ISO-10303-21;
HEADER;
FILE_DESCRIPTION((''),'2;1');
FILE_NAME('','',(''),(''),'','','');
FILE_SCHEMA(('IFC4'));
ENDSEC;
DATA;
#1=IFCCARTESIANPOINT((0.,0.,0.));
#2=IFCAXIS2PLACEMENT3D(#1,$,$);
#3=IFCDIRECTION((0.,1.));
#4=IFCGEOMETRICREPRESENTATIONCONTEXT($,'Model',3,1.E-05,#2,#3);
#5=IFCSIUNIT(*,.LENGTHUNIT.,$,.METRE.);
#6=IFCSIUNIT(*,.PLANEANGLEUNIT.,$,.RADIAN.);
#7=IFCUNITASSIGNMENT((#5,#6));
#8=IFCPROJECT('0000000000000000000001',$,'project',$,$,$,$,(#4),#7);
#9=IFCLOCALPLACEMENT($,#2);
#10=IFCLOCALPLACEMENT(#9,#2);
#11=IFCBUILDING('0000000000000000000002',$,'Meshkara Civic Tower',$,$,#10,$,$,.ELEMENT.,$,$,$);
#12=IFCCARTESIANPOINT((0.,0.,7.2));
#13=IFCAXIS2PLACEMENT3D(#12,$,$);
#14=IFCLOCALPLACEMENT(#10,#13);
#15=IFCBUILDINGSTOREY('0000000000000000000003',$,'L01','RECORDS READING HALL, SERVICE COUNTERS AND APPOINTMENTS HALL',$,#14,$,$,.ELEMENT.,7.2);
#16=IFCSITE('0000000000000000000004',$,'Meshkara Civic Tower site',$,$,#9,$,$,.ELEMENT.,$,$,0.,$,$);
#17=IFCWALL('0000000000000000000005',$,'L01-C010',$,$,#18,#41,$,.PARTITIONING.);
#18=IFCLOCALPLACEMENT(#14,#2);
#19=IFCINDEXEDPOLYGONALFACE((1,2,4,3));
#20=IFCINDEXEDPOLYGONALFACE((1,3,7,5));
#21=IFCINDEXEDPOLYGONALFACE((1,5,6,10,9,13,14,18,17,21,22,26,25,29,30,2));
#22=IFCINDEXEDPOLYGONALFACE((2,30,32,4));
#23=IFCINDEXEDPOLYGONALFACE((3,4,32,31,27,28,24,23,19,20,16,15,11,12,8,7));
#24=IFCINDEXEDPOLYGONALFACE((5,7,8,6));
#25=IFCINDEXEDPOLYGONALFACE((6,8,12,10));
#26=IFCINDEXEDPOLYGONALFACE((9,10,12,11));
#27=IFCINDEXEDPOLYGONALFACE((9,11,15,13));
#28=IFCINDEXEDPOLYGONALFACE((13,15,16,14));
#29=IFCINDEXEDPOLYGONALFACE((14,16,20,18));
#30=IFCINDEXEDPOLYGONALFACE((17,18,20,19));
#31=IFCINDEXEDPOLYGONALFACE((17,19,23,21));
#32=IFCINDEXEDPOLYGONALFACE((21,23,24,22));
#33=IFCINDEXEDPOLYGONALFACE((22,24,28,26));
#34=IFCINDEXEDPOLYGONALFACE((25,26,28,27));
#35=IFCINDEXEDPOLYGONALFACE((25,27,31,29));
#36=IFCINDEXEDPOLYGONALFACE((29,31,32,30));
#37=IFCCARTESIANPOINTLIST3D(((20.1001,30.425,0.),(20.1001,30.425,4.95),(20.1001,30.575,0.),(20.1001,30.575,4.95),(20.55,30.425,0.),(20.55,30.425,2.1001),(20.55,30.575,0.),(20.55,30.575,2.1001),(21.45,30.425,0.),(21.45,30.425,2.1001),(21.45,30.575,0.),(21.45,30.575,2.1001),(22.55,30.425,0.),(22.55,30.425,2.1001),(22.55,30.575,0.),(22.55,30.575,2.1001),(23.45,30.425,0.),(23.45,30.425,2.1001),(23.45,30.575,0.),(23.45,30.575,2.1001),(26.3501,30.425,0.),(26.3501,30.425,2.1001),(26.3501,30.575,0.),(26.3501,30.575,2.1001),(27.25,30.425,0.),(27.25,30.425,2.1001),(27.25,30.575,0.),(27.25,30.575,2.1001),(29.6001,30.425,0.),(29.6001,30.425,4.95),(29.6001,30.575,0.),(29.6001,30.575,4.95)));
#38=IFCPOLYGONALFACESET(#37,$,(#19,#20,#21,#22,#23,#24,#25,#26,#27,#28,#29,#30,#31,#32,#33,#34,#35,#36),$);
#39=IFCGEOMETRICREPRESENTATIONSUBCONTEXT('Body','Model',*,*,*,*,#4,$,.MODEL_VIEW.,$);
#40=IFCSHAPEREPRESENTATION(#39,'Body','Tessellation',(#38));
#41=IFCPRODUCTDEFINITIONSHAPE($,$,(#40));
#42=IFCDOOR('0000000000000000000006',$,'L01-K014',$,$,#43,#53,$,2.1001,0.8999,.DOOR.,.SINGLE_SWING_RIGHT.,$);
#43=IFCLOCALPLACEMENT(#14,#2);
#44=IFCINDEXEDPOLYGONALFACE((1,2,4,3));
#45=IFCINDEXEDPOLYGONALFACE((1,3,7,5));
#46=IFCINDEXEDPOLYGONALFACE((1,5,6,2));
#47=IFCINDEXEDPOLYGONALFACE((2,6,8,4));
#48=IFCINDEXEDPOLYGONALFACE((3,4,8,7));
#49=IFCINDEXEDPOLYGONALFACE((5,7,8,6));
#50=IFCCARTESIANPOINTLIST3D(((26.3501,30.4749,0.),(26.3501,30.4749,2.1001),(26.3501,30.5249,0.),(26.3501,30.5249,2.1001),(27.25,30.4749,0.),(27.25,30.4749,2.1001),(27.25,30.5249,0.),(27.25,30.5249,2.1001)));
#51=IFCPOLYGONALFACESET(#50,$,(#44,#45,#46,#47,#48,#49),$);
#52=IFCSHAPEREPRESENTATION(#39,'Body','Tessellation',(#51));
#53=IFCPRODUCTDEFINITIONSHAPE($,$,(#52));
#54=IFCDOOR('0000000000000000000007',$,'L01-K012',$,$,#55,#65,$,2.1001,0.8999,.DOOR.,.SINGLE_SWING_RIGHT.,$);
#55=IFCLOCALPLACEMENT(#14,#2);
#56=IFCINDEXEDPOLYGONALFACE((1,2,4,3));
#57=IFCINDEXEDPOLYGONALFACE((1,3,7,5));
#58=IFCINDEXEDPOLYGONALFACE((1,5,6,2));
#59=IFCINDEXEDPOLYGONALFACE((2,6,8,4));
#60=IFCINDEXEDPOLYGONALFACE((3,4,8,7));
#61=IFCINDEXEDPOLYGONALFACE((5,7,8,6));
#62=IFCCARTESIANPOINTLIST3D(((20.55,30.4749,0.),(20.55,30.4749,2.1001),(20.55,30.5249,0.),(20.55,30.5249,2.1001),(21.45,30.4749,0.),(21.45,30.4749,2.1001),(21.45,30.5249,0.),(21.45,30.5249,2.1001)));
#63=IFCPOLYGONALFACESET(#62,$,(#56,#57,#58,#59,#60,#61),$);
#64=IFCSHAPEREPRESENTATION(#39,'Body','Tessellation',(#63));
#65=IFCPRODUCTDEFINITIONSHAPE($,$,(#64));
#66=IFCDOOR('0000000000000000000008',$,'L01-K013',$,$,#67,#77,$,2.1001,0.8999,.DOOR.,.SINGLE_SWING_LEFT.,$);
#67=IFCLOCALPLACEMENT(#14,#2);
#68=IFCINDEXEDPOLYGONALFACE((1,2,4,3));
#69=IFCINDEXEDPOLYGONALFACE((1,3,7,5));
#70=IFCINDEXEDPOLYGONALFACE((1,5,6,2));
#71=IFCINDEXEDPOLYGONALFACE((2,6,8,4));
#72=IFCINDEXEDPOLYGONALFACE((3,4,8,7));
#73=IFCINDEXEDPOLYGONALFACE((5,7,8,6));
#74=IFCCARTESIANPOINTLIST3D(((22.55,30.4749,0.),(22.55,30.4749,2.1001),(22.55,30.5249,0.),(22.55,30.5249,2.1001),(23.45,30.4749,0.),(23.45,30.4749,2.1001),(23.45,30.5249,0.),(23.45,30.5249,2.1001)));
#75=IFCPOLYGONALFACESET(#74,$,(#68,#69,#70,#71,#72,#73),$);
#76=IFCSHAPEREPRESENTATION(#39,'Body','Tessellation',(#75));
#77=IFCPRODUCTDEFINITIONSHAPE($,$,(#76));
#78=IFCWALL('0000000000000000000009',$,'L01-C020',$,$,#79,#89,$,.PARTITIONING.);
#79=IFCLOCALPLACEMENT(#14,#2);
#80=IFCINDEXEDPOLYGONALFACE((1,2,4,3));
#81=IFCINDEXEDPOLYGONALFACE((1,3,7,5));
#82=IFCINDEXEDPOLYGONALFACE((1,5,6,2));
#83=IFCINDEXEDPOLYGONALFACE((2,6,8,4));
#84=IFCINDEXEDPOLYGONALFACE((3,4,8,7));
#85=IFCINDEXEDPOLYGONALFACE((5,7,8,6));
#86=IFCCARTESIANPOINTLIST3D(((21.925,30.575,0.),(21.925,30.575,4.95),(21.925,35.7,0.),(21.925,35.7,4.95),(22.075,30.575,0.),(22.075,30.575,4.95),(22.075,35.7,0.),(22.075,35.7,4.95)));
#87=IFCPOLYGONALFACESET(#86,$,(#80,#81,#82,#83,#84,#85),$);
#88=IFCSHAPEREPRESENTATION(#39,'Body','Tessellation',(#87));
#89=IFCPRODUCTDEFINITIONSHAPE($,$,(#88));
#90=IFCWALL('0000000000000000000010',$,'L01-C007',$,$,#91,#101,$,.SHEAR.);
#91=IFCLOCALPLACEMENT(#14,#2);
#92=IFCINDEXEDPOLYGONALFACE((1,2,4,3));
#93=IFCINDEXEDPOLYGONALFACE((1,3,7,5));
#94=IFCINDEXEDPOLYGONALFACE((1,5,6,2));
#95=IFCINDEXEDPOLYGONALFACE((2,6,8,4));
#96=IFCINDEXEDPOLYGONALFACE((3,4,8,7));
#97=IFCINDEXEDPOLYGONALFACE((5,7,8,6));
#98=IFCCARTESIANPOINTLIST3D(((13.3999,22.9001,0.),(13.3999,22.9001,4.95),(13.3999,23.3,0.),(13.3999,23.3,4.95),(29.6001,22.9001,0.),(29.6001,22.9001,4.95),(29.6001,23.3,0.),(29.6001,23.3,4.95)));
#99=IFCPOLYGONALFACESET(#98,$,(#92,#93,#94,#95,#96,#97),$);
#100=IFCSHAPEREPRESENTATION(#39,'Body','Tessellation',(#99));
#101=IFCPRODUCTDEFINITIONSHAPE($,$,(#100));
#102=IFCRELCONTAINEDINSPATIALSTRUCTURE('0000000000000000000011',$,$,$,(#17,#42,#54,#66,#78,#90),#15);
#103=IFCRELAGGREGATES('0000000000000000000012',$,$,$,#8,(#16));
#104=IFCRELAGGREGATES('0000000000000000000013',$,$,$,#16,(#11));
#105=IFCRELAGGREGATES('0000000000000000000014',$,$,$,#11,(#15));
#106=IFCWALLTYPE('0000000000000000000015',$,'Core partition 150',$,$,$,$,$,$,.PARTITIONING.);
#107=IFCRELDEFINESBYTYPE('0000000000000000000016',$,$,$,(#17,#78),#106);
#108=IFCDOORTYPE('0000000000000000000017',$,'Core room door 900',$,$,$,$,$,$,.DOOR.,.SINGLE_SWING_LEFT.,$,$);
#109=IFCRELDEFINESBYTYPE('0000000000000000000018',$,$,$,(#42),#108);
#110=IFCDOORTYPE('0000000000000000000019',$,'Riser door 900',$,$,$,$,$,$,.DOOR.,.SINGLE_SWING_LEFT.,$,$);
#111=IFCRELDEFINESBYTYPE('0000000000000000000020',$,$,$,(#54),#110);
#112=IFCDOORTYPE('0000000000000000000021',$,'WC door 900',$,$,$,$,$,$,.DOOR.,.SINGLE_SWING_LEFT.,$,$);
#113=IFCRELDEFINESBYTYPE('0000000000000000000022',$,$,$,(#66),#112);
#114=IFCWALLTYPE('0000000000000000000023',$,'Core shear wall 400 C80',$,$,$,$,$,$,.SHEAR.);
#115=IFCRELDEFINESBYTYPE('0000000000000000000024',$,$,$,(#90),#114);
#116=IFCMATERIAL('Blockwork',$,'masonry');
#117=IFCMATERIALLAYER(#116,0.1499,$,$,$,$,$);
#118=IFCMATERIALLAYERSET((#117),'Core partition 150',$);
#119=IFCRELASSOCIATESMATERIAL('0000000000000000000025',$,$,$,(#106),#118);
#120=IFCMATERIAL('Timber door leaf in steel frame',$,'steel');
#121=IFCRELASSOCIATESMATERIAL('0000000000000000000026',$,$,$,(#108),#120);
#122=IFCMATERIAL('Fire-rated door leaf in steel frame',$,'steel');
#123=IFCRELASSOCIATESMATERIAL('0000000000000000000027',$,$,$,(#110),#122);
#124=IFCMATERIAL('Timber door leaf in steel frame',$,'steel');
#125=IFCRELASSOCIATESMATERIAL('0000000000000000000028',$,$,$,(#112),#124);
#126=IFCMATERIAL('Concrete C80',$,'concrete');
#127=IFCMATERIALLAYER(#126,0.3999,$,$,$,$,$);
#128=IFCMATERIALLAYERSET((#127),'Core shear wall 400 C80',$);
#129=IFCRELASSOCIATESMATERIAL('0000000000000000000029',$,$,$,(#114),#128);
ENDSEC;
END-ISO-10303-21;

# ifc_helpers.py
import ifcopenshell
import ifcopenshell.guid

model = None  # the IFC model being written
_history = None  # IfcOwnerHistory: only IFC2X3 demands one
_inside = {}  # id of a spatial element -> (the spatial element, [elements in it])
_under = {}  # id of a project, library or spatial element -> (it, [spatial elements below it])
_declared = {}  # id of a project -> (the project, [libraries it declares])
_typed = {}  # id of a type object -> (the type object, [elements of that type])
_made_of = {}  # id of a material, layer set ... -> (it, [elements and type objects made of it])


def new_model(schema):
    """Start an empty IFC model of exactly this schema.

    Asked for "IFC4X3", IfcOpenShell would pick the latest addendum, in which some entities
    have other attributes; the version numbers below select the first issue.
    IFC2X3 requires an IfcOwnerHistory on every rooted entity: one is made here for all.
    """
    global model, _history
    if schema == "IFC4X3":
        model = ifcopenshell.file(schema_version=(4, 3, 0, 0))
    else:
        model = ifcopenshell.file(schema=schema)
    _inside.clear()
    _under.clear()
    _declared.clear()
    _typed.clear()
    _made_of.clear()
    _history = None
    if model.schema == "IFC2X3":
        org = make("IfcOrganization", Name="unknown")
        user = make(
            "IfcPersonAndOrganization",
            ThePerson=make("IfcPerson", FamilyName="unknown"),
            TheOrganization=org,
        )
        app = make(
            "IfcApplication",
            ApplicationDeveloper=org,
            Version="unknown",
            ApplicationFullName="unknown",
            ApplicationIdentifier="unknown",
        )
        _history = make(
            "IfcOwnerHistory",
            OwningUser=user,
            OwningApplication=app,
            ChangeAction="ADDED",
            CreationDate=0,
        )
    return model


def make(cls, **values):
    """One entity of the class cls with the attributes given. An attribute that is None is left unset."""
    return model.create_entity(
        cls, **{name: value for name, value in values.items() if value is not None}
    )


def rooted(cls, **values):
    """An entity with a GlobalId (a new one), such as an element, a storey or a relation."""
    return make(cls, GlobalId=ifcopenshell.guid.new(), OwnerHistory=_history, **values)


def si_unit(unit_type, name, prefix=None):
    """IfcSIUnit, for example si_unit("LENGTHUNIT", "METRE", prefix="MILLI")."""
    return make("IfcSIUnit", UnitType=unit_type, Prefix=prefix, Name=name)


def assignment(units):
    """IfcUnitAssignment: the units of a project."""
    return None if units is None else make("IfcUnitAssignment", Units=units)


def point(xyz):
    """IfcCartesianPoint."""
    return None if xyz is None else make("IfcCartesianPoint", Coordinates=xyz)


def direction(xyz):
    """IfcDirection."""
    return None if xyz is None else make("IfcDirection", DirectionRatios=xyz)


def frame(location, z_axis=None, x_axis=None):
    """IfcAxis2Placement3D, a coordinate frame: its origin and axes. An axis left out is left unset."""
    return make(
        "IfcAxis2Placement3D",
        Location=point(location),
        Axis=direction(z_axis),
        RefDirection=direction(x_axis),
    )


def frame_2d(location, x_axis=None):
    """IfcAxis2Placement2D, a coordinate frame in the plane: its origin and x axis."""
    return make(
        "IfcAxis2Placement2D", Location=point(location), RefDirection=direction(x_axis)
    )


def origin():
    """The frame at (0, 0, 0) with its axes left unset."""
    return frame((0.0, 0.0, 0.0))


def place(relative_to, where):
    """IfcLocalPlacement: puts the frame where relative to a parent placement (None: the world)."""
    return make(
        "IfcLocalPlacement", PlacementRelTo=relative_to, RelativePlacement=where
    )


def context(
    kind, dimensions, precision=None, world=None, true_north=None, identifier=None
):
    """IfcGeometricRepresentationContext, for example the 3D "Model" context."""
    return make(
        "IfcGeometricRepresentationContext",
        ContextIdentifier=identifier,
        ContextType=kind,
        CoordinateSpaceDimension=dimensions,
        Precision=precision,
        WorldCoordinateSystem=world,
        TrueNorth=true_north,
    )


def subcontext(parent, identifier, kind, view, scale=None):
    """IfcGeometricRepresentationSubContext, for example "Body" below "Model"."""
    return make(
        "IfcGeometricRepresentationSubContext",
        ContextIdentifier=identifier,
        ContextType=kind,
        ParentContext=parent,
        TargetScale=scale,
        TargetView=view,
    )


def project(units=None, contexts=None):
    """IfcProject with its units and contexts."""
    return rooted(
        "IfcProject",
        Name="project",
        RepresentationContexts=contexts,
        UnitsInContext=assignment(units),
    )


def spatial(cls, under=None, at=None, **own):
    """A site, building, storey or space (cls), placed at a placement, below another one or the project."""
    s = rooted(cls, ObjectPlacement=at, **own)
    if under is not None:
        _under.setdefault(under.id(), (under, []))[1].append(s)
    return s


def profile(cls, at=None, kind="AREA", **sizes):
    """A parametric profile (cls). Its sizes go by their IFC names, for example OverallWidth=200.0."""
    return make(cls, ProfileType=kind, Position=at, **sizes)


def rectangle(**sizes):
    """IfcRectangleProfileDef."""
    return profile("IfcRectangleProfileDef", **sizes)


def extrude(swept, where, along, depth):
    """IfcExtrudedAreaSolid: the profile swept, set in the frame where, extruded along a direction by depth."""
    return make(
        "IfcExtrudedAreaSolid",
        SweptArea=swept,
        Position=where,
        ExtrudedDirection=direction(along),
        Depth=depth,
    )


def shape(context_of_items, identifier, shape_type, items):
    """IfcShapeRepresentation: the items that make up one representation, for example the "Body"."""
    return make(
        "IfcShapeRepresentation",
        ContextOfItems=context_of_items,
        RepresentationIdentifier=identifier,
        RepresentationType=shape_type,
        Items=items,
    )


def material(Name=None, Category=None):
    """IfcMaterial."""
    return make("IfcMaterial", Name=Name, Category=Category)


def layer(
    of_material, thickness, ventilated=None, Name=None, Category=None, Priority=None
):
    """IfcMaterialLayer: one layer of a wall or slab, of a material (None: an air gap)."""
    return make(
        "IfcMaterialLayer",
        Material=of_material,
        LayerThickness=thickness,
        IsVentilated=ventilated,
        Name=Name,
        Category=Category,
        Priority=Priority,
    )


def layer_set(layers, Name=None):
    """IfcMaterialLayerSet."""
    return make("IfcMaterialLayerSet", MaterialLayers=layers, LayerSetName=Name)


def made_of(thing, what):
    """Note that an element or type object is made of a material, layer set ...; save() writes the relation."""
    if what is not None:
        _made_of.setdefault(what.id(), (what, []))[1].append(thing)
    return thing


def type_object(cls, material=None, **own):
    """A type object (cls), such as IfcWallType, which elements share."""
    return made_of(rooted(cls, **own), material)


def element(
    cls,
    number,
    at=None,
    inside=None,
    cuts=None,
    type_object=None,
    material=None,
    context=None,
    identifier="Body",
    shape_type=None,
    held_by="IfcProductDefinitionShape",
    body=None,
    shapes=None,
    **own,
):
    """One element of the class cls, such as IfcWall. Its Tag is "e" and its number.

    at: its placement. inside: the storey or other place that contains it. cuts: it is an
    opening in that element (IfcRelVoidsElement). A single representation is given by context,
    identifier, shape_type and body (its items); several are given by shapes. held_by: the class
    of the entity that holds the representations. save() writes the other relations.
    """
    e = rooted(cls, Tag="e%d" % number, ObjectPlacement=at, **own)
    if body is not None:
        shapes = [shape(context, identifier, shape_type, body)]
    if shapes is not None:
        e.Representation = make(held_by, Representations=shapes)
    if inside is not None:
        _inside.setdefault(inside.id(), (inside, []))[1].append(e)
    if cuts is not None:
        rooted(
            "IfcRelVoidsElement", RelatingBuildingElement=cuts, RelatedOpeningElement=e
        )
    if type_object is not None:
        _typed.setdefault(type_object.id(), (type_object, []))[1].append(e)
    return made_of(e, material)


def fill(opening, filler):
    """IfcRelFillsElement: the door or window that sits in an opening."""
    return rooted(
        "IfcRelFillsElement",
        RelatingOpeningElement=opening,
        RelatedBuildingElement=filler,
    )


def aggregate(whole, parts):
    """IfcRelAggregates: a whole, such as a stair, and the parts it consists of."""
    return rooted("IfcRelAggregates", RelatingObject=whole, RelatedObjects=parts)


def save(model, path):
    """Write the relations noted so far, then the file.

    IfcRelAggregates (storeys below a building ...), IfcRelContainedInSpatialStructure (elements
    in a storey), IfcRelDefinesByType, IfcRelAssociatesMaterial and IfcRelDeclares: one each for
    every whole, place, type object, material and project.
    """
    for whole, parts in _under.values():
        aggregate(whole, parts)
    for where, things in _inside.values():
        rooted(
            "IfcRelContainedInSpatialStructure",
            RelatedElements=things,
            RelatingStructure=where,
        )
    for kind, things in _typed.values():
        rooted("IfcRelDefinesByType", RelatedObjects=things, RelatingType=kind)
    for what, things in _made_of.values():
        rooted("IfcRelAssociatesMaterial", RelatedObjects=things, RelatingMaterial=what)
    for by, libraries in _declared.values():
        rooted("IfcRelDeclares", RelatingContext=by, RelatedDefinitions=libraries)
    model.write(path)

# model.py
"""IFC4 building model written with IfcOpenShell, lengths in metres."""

from ifc_helpers import new_model, si_unit, direction, frame, frame_2d, origin, place, context, subcontext, project, spatial, rectangle, extrude, material, layer, layer_set, type_object, element, fill, save


model = new_model("IFC4")

# Units and contexts
model_context = context("Model", 3, precision=1e-05, world=origin(), true_north=direction((0.0, 1.0)))
body_context = subcontext(model_context, "Body", "Model", "MODEL_VIEW")
ifc_project = project(units=[si_unit("LENGTHUNIT", "METRE"), si_unit("PLANEANGLEUNIT", "RADIAN")], contexts=[model_context])

# Site, building, storey
site_placement = place(None, origin())
site = spatial("IfcSite", under=ifc_project, at=site_placement, Name="Meshkara Civic Tower site", CompositionType="ELEMENT", RefElevation=0.0)
building_placement = place(site_placement, origin())
building = spatial("IfcBuilding", under=site, at=building_placement, Name="Meshkara Civic Tower", CompositionType="ELEMENT")
storey_placement = place(building_placement, frame((0.0, 0.0, 7.2)))
storey = spatial("IfcBuildingStorey", under=building, at=storey_placement, Name="L01", Description="RECORDS READING HALL, SERVICE COUNTERS AND APPOINTMENTS HALL", CompositionType="ELEMENT", Elevation=7.2)

# Wall, openings, doors
ifc_material_1 = material(Name="Blockwork", Category="masonry")
ifc_layer_1 = layer(ifc_material_1, 0.1499)
ifc_layer_set_1 = layer_set([ifc_layer_1], Name="Core partition 150")
wall_type_1 = type_object("IfcWallType", Name="Core partition 150", PredefinedType="PARTITIONING", material=ifc_layer_set_1)
wall_1_placement = place(storey_placement, frame((20.1001, 30.5, 0.0), z_axis=(0.0, 0.0, 1.0), x_axis=(1.0, 0.0, 0.0)))
wall_1 = element("IfcWall", 1, at=wall_1_placement, inside=storey, type_object=wall_type_1, Name="L01-C010", PredefinedType="PARTITIONING", context=body_context, shape_type="SweptSolid", body=[
    extrude(rectangle(XDim=9.5, YDim=0.1499, at=frame_2d((4.75, 0.0))), origin(), (0.0, 0.0, 1.0), 4.95),
])
opening_1_placement = place(wall_1_placement, frame((0.45, 0.0, 0.0)))
opening_1 = element("IfcOpeningElement", 2, at=opening_1_placement, cuts=wall_1, PredefinedType="OPENING", context=body_context, shape_type="SweptSolid", body=[
    extrude(rectangle(XDim=0.8999, YDim=2.1001, at=frame_2d((0.45, 1.05))), frame((0.0, 0.085, 0.0), z_axis=(0.0, -1.0, 0.0), x_axis=(1.0, 0.0, 0.0)), (0.0, 0.0, 1.0), 0.1699),
])
opening_2_placement = place(wall_1_placement, frame((2.45, 0.0, 0.0)))
opening_2 = element("IfcOpeningElement", 3, at=opening_2_placement, cuts=wall_1, PredefinedType="OPENING", context=body_context, shape_type="SweptSolid", body=[
    extrude(rectangle(XDim=0.8999, YDim=2.1001, at=frame_2d((0.45, 1.05))), frame((0.0, 0.085, 0.0), z_axis=(0.0, -1.0, 0.0), x_axis=(1.0, 0.0, 0.0)), (0.0, 0.0, 1.0), 0.1699),
])
opening_3_placement = place(wall_1_placement, frame((6.25, 0.0, 0.0)))
opening_3 = element("IfcOpeningElement", 4, at=opening_3_placement, cuts=wall_1, PredefinedType="OPENING", context=body_context, shape_type="SweptSolid", body=[
    extrude(rectangle(XDim=0.8999, YDim=2.1001, at=frame_2d((0.45, 1.05))), frame((0.0, 0.085, 0.0), z_axis=(0.0, -1.0, 0.0), x_axis=(1.0, 0.0, 0.0)), (0.0, 0.0, 1.0), 0.1699),
])
ifc_material_2 = material(Name="Timber door leaf in steel frame", Category="steel")
door_type_1 = type_object("IfcDoorType", Name="Core room door 900", OperationType="SINGLE_SWING_LEFT", PredefinedType="DOOR", material=ifc_material_2)
door_1_placement = place(opening_3_placement, origin())
door_1 = element("IfcDoor", 5, at=door_1_placement, inside=storey, type_object=door_type_1, Name="L01-K014", OperationType="SINGLE_SWING_RIGHT", OverallHeight=2.1001, OverallWidth=0.8999, PredefinedType="DOOR", context=body_context, shape_type="SweptSolid", body=[
    extrude(rectangle(XDim=0.8999, YDim=2.1001, at=frame_2d((0.45, 1.05))), frame((0.0, 0.0249, 0.0), z_axis=(0.0, -1.0, 0.0), x_axis=(1.0, 0.0, 0.0)), (0.0, 0.0, 1.0), 0.05),
])
fill(opening_3, door_1)
ifc_material_3 = material(Name="Fire-rated door leaf in steel frame", Category="steel")
door_type_2 = type_object("IfcDoorType", Name="Riser door 900", OperationType="SINGLE_SWING_LEFT", PredefinedType="DOOR", material=ifc_material_3)
door_2_placement = place(opening_1_placement, origin())
door_2 = element("IfcDoor", 6, at=door_2_placement, inside=storey, type_object=door_type_2, Name="L01-K012", OperationType="SINGLE_SWING_RIGHT", OverallHeight=2.1001, OverallWidth=0.8999, PredefinedType="DOOR", context=body_context, shape_type="SweptSolid", body=[
    extrude(rectangle(XDim=0.8999, YDim=2.1001, at=frame_2d((0.45, 1.05))), frame((0.0, 0.0249, 0.0), z_axis=(0.0, -1.0, 0.0), x_axis=(1.0, 0.0, 0.0)), (0.0, 0.0, 1.0), 0.05),
])
fill(opening_1, door_2)
ifc_material_4 = material(Name="Timber door leaf in steel frame", Category="steel")
door_type_3 = type_object("IfcDoorType", Name="WC door 900", OperationType="SINGLE_SWING_LEFT", PredefinedType="DOOR", material=ifc_material_4)
door_3_placement = place(opening_2_placement, origin())
door_3 = element("IfcDoor", 7, at=door_3_placement, inside=storey, type_object=door_type_3, Name="L01-K013", OperationType="SINGLE_SWING_LEFT", OverallHeight=2.1001, OverallWidth=0.8999, PredefinedType="DOOR", context=body_context, shape_type="SweptSolid", body=[
    extrude(rectangle(XDim=0.8999, YDim=2.1001, at=frame_2d((0.45, 1.05))), frame((0.0, 0.0249, 0.0), z_axis=(0.0, -1.0, 0.0), x_axis=(1.0, 0.0, 0.0)), (0.0, 0.0, 1.0), 0.05),
])
fill(opening_2, door_3)

# Walls
wall_2_placement = place(storey_placement, frame((22.0, 30.575, 0.0), z_axis=(0.0, 0.0, 1.0), x_axis=(0.0, 1.0, 0.0)))
element("IfcWall", 8, at=wall_2_placement, inside=storey, type_object=wall_type_1, Name="L01-C020", PredefinedType="PARTITIONING", context=body_context, shape_type="SweptSolid", body=[
    extrude(rectangle(XDim=5.125, YDim=0.1499, at=frame_2d((2.5625, 0.0))), origin(), (0.0, 0.0, 1.0), 4.95),
])
ifc_material_5 = material(Name="Concrete C80", Category="concrete")
ifc_layer_2 = layer(ifc_material_5, 0.3999)
ifc_layer_set_2 = layer_set([ifc_layer_2], Name="Core shear wall 400 C80")
wall_type_2 = type_object("IfcWallType", Name="Core shear wall 400 C80", PredefinedType="SHEAR", material=ifc_layer_set_2)
wall_3_placement = place(storey_placement, frame((13.3999, 23.1001, 0.0), z_axis=(0.0, 0.0, 1.0), x_axis=(1.0, 0.0, 0.0)))
element("IfcWall", 9, at=wall_3_placement, inside=storey, type_object=wall_type_2, Name="L01-C007", PredefinedType="SHEAR", context=body_context, shape_type="SweptSolid", body=[
    extrude(rectangle(XDim=16.2002, YDim=0.3999, at=frame_2d((8.1001, 0.0))), origin(), (0.0, 0.0, 1.0), 4.95),
])

save(model, "model.ifc")
